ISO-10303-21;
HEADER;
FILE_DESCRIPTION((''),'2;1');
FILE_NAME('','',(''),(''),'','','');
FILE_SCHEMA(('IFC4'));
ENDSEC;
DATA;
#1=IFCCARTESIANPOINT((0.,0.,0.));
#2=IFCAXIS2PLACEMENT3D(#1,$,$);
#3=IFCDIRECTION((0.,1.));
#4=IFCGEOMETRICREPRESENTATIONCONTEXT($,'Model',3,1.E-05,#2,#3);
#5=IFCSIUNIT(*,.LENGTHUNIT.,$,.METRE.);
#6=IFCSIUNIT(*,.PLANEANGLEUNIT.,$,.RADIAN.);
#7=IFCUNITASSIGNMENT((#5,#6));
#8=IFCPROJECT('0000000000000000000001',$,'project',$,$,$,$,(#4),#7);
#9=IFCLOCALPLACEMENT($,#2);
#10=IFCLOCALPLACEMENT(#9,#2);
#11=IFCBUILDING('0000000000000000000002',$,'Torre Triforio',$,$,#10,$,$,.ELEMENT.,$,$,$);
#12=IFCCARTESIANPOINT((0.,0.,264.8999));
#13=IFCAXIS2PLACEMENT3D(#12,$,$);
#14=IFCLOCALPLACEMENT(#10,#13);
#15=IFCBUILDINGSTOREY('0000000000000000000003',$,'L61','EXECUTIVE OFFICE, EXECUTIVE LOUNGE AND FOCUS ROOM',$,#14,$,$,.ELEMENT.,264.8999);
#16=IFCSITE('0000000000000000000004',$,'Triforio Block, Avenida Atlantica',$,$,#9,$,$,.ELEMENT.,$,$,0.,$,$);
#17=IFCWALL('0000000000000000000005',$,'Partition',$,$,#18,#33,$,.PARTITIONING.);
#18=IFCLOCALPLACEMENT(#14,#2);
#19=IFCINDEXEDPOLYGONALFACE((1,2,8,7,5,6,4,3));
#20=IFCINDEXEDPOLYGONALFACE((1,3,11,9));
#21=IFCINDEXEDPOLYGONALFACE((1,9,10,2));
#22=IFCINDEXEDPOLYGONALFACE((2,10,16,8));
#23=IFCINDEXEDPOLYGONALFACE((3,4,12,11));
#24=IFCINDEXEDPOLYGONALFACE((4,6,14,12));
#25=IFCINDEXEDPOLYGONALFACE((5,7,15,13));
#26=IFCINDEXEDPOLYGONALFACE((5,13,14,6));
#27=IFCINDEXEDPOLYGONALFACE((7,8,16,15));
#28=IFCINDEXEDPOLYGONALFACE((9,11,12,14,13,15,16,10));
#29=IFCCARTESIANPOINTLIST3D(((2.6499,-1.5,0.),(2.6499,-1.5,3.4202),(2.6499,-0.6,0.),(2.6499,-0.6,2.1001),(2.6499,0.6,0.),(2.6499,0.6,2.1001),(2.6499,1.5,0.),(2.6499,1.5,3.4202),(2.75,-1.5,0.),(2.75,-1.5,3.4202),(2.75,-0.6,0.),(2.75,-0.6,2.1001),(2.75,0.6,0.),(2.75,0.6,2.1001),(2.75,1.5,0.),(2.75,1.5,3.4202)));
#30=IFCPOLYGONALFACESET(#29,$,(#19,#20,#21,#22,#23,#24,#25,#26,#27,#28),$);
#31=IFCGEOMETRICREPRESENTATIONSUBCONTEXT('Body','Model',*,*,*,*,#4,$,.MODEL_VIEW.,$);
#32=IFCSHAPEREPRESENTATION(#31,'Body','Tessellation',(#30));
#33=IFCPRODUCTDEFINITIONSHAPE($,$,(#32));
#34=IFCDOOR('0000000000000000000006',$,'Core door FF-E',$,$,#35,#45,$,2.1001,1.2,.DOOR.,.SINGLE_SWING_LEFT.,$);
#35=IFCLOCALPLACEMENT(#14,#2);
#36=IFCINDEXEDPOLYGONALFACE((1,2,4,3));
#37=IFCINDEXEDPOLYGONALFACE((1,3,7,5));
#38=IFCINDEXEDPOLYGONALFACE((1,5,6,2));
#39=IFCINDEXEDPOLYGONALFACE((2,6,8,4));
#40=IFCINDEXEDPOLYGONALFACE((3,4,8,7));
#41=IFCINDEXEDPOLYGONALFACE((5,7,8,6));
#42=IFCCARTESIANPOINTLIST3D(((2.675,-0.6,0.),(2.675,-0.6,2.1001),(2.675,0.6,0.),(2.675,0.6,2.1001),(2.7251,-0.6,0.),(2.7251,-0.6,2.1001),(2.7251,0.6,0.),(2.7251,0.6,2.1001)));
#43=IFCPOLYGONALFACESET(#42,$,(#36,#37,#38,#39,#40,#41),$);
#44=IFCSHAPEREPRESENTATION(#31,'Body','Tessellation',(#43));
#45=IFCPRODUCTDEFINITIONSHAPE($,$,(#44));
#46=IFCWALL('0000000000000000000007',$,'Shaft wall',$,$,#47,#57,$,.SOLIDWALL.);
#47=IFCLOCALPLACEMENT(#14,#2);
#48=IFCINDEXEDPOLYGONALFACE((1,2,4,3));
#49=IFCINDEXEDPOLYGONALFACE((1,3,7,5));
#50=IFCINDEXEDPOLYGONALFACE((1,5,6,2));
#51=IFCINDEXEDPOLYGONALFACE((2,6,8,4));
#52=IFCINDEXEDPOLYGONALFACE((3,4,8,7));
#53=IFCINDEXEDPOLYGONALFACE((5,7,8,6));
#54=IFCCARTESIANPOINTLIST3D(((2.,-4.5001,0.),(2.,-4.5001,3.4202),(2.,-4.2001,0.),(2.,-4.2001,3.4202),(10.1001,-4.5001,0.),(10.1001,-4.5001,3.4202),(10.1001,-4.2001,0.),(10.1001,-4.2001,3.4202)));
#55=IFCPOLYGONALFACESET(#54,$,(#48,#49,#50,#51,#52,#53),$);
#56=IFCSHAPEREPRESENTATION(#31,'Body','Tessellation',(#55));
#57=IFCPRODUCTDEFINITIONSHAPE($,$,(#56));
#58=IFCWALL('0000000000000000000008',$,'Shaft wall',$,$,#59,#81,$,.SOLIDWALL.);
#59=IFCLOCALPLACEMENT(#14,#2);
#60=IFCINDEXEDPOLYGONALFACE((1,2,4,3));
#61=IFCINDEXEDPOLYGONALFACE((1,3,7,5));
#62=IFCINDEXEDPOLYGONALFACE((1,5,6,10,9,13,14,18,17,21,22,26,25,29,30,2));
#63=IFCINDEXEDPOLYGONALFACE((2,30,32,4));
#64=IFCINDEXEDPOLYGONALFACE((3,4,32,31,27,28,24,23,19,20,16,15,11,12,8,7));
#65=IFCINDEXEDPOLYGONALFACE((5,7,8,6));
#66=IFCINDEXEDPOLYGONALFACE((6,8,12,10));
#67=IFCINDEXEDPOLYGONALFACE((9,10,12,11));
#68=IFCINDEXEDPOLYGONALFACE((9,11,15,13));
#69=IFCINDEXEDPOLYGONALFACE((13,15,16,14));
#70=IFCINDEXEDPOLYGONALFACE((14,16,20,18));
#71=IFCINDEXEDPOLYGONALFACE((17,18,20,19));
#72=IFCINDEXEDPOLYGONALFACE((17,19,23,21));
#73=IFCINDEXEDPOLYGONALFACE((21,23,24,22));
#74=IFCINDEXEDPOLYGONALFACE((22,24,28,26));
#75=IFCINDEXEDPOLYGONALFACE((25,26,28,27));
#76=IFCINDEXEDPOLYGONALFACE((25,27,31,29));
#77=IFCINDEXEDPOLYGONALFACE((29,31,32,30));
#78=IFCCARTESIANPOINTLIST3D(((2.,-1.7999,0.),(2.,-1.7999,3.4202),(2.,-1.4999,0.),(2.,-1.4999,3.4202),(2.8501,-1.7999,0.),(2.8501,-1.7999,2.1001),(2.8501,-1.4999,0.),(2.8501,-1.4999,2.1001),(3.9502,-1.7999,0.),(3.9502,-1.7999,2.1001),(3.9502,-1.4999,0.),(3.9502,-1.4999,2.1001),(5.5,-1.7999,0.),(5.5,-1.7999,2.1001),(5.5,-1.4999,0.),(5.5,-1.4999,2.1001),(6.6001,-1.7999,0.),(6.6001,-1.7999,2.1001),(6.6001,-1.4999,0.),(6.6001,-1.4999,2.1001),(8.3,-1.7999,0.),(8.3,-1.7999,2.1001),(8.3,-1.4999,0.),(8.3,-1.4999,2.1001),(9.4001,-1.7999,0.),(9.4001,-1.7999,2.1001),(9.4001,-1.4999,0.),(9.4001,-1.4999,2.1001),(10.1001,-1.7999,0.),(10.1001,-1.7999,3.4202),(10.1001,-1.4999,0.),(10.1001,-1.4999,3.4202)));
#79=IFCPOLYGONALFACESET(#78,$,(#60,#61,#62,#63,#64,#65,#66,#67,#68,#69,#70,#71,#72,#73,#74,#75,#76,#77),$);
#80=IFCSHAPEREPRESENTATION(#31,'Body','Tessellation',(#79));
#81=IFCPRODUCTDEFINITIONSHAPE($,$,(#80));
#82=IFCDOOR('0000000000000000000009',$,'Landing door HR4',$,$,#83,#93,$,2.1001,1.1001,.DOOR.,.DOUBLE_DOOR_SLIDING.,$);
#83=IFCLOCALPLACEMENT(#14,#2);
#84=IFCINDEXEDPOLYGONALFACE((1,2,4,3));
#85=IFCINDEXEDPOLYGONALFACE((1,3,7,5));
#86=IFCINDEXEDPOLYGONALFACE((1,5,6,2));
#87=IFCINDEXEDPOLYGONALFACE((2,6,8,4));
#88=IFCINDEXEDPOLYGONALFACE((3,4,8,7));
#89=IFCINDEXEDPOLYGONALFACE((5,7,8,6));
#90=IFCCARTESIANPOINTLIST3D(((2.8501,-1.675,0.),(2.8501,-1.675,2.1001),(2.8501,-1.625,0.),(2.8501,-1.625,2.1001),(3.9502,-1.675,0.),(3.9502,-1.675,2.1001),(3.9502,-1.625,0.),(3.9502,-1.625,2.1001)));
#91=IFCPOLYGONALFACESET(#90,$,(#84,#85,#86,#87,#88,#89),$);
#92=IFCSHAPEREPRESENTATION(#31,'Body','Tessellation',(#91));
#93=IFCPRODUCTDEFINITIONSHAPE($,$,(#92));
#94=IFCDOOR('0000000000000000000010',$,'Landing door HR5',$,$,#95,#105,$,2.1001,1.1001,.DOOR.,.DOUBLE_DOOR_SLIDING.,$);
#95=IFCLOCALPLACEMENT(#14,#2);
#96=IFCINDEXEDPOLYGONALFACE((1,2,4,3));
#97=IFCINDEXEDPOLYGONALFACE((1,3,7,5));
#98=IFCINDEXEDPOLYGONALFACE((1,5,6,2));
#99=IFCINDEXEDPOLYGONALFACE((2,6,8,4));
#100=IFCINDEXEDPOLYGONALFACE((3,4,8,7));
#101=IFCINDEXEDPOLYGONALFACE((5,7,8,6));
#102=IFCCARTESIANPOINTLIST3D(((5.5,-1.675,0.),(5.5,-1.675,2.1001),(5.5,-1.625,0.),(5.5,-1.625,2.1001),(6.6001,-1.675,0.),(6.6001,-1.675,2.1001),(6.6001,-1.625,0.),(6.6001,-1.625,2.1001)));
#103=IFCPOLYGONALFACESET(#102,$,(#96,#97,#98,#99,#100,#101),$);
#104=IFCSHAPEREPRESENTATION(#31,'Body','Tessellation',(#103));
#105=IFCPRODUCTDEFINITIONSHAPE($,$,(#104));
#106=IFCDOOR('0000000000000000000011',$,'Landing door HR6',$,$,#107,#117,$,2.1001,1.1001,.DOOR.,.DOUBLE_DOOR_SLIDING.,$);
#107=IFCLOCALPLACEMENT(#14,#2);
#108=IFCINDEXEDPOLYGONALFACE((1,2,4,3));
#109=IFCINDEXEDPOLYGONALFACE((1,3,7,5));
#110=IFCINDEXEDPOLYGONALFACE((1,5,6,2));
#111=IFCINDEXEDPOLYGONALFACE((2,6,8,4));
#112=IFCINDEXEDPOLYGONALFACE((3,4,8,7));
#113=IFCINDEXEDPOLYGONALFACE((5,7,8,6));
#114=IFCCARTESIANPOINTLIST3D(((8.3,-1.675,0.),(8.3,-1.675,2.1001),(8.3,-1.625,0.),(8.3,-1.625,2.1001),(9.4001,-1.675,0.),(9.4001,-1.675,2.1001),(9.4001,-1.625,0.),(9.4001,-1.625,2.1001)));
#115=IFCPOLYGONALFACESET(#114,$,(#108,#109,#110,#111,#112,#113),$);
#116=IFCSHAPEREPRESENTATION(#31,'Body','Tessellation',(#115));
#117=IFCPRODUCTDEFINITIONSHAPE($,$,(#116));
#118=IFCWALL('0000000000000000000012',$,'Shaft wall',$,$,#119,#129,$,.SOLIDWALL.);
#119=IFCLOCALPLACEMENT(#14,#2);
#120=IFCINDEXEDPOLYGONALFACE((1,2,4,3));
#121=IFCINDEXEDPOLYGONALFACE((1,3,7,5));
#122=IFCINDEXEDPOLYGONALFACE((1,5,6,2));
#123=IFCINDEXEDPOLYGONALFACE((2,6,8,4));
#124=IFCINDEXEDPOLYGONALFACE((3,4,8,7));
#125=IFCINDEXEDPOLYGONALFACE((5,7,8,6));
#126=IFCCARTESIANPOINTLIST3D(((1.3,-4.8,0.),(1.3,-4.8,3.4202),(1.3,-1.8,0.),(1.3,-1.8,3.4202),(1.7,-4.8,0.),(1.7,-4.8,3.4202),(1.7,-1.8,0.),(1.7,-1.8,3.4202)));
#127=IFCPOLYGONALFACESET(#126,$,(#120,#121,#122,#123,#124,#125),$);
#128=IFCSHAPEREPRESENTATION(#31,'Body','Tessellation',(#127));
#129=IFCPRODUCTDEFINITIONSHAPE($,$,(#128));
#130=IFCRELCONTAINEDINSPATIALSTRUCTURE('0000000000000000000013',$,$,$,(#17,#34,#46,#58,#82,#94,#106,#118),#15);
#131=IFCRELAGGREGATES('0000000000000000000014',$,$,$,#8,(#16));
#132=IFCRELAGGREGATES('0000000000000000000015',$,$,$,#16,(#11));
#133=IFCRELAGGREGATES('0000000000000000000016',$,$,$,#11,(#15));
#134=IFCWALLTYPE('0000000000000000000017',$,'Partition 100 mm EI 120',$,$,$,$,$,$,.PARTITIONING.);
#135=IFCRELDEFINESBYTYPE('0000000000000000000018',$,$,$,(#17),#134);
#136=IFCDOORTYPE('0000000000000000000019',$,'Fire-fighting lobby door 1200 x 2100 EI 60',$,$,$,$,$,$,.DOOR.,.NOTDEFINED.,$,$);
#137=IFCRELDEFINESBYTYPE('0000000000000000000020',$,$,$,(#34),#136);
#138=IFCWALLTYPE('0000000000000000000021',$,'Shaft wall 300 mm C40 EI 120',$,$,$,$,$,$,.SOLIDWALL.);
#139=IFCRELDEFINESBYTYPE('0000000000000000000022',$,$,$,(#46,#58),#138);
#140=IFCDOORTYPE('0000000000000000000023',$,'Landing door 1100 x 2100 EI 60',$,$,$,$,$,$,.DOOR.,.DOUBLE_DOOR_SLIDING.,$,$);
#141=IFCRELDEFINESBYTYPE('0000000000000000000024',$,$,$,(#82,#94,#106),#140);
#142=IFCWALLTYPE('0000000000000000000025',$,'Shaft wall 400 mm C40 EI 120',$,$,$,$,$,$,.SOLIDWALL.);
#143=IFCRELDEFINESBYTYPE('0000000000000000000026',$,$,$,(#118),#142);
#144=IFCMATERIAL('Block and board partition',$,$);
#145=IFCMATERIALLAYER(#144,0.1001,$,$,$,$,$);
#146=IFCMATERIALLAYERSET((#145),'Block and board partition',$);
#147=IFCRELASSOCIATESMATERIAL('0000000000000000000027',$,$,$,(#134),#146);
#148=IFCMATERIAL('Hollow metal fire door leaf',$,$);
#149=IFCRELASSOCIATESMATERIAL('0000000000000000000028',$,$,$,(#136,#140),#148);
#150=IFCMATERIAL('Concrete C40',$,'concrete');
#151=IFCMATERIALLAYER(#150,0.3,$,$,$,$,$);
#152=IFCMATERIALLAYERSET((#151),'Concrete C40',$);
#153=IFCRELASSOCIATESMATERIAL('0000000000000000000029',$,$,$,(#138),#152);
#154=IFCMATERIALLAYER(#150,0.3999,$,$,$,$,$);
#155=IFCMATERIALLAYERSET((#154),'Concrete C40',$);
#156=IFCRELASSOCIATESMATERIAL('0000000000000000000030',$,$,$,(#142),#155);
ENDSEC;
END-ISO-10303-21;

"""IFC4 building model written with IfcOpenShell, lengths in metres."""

from ifc_helpers import new_model, si_unit, direction, frame, frame_2d, origin, place, context, subcontext, project, spatial, rectangle, extrude, material, layer, layer_set, type_object, element, fill, save


model = new_model("IFC4")

# Units and contexts
model_context = context("Model", 3, precision=1e-05, world=origin(), true_north=direction((0.0, 1.0)))
body_context = subcontext(model_context, "Body", "Model", "MODEL_VIEW")
ifc_project = project(units=[si_unit("LENGTHUNIT", "METRE"), si_unit("PLANEANGLEUNIT", "RADIAN")], contexts=[model_context])

# Site, building, storey
site_placement = place(None, origin())
site = spatial("IfcSite", under=ifc_project, at=site_placement, Name="Triforio Block, Avenida Atlantica", CompositionType="ELEMENT", RefElevation=0.0)
building_placement = place(site_placement, origin())
building = spatial("IfcBuilding", under=site, at=building_placement, Name="Torre Triforio", CompositionType="ELEMENT")
storey_placement = place(building_placement, frame((0.0, 0.0, 264.8999)))
storey = spatial("IfcBuildingStorey", under=building, at=storey_placement, Name="L61", Description="EXECUTIVE OFFICE, EXECUTIVE LOUNGE AND FOCUS ROOM", CompositionType="ELEMENT", Elevation=264.8999)

# Shared definitions
ifc_material_1 = material(Name="Concrete C40", Category="concrete")

# Wall, opening, door
ifc_material_2 = material(Name="Block and board partition")
ifc_layer_1 = layer(ifc_material_2, 0.1001)
ifc_layer_set_1 = layer_set([ifc_layer_1], Name="Block and board partition")
wall_type_1 = type_object("IfcWallType", Name="Partition 100 mm EI 120", PredefinedType="PARTITIONING", material=ifc_layer_set_1)
wall_1_placement = place(storey_placement, frame((2.7, -1.5, 0.0), z_axis=(0.0, 0.0, 1.0), x_axis=(0.0, 1.0, 0.0)))
wall_1 = element("IfcWall", 1, at=wall_1_placement, inside=storey, type_object=wall_type_1, Name="Partition", PredefinedType="PARTITIONING", context=body_context, shape_type="SweptSolid", body=[
    extrude(rectangle(XDim=3.0, YDim=0.1001, at=frame_2d((1.5, 0.0))), origin(), (0.0, 0.0, 1.0), 3.4202),
])
opening_1_placement = place(wall_1_placement, frame((0.8999, 0.0, 0.0)))
opening_1 = element("IfcOpeningElement", 2, at=opening_1_placement, cuts=wall_1, PredefinedType="OPENING", context=body_context, shape_type="SweptSolid", body=[
    extrude(rectangle(XDim=1.2, YDim=2.1001, at=frame_2d((0.6001, 1.05))), frame((0.0, 0.0601, 0.0), z_axis=(0.0, -1.0, 0.0), x_axis=(1.0, 0.0, 0.0)), (0.0, 0.0, 1.0), 0.1201),
])
ifc_material_3 = material(Name="Hollow metal fire door leaf")
door_type_1 = type_object("IfcDoorType", Name="Fire-fighting lobby door 1200 x 2100 EI 60", OperationType="NOTDEFINED", PredefinedType="DOOR", material=ifc_material_3)
door_1_placement = place(opening_1_placement, origin())
door_1 = element("IfcDoor", 3, at=door_1_placement, inside=storey, type_object=door_type_1, Name="Core door FF-E", OperationType="SINGLE_SWING_LEFT", OverallHeight=2.1001, OverallWidth=1.2, PredefinedType="DOOR", context=body_context, shape_type="SweptSolid", body=[
    extrude(rectangle(XDim=1.2, YDim=2.1001, at=frame_2d((0.6001, 1.05))), frame((0.0, 0.0249, 0.0), z_axis=(0.0, -1.0, 0.0), x_axis=(1.0, 0.0, 0.0)), (0.0, 0.0, 1.0), 0.05),
])
fill(opening_1, door_1)

# Wall
ifc_layer_2 = layer(ifc_material_1, 0.3)
ifc_layer_set_2 = layer_set([ifc_layer_2], Name="Concrete C40")
wall_type_2 = type_object("IfcWallType", Name="Shaft wall 300 mm C40 EI 120", PredefinedType="SOLIDWALL", material=ifc_layer_set_2)
wall_2_placement = place(storey_placement, frame((2.0, -4.3501, 0.0), z_axis=(0.0, 0.0, 1.0), x_axis=(1.0, 0.0, 0.0)))
element("IfcWall", 4, at=wall_2_placement, inside=storey, type_object=wall_type_2, Name="Shaft wall", PredefinedType="SOLIDWALL", context=body_context, shape_type="SweptSolid", body=[
    extrude(rectangle(XDim=8.1001, YDim=0.3, at=frame_2d((4.05, 0.0))), origin(), (0.0, 0.0, 1.0), 3.4202),
])

# Wall, openings, doors
wall_3_placement = place(storey_placement, frame((2.0, -1.6499, 0.0), z_axis=(0.0, 0.0, 1.0), x_axis=(1.0, 0.0, 0.0)))
wall_3 = element("IfcWall", 5, at=wall_3_placement, inside=storey, type_object=wall_type_2, Name="Shaft wall", PredefinedType="SOLIDWALL", context=body_context, shape_type="SweptSolid", body=[
    extrude(rectangle(XDim=8.1001, YDim=0.3, at=frame_2d((4.05, 0.0))), origin(), (0.0, 0.0, 1.0), 3.4202),
])
opening_2_placement = place(wall_3_placement, frame((0.8501, 0.0, 0.0)))
opening_2 = element("IfcOpeningElement", 6, at=opening_2_placement, cuts=wall_3, PredefinedType="OPENING", context=body_context, shape_type="SweptSolid", body=[
    extrude(rectangle(XDim=1.1001, YDim=2.1001, at=frame_2d((0.55, 1.05))), frame((0.0, 0.1599, 0.0), z_axis=(0.0, -1.0, 0.0), x_axis=(1.0, 0.0, 0.0)), (0.0, 0.0, 1.0), 0.3201),
])
opening_3_placement = place(wall_3_placement, frame((3.5, 0.0, 0.0)))
opening_3 = element("IfcOpeningElement", 7, at=opening_3_placement, cuts=wall_3, PredefinedType="OPENING", context=body_context, shape_type="SweptSolid", body=[
    extrude(rectangle(XDim=1.1001, YDim=2.1001, at=frame_2d((0.55, 1.05))), frame((0.0, 0.1599, 0.0), z_axis=(0.0, -1.0, 0.0), x_axis=(1.0, 0.0, 0.0)), (0.0, 0.0, 1.0), 0.3201),
])
opening_4_placement = place(wall_3_placement, frame((6.3, 0.0, 0.0)))
opening_4 = element("IfcOpeningElement", 8, at=opening_4_placement, cuts=wall_3, PredefinedType="OPENING", context=body_context, shape_type="SweptSolid", body=[
    extrude(rectangle(XDim=1.1001, YDim=2.1001, at=frame_2d((0.55, 1.05))), frame((0.0, 0.1599, 0.0), z_axis=(0.0, -1.0, 0.0), x_axis=(1.0, 0.0, 0.0)), (0.0, 0.0, 1.0), 0.3201),
])
door_type_2 = type_object("IfcDoorType", Name="Landing door 1100 x 2100 EI 60", OperationType="DOUBLE_DOOR_SLIDING", PredefinedType="DOOR", material=ifc_material_3)
door_2_placement = place(opening_2_placement, origin())
door_2 = element("IfcDoor", 9, at=door_2_placement, inside=storey, type_object=door_type_2, Name="Landing door HR4", OperationType="DOUBLE_DOOR_SLIDING", OverallHeight=2.1001, OverallWidth=1.1001, PredefinedType="DOOR", context=body_context, shape_type="SweptSolid", body=[
    extrude(rectangle(XDim=1.1001, YDim=2.1001, at=frame_2d((0.55, 1.05))), frame((0.0, 0.0249, 0.0), z_axis=(0.0, -1.0, 0.0), x_axis=(1.0, 0.0, 0.0)), (0.0, 0.0, 1.0), 0.05),
])
fill(opening_2, door_2)
door_3_placement = place(opening_3_placement, origin())
door_3 = element("IfcDoor", 10, at=door_3_placement, inside=storey, type_object=door_type_2, Name="Landing door HR5", OperationType="DOUBLE_DOOR_SLIDING", OverallHeight=2.1001, OverallWidth=1.1001, PredefinedType="DOOR", context=body_context, shape_type="SweptSolid", body=[
    extrude(rectangle(XDim=1.1001, YDim=2.1001, at=frame_2d((0.55, 1.05))), frame((0.0, 0.0249, 0.0), z_axis=(0.0, -1.0, 0.0), x_axis=(1.0, 0.0, 0.0)), (0.0, 0.0, 1.0), 0.05),
])
fill(opening_3, door_3)
door_4_placement = place(opening_4_placement, origin())
door_4 = element("IfcDoor", 11, at=door_4_placement, inside=storey, type_object=door_type_2, Name="Landing door HR6", OperationType="DOUBLE_DOOR_SLIDING", OverallHeight=2.1001, OverallWidth=1.1001, PredefinedType="DOOR", context=body_context, shape_type="SweptSolid", body=[
    extrude(rectangle(XDim=1.1001, YDim=2.1001, at=frame_2d((0.55, 1.05))), frame((0.0, 0.0249, 0.0), z_axis=(0.0, -1.0, 0.0), x_axis=(1.0, 0.0, 0.0)), (0.0, 0.0, 1.0), 0.05),
])
fill(opening_4, door_4)

# Wall
ifc_layer_3 = layer(ifc_material_1, 0.3999)
ifc_layer_set_3 = layer_set([ifc_layer_3], Name="Concrete C40")
wall_type_3 = type_object("IfcWallType", Name="Shaft wall 400 mm C40 EI 120", PredefinedType="SOLIDWALL", material=ifc_layer_set_3)
wall_4_placement = place(storey_placement, frame((1.5, -4.8, 0.0), z_axis=(0.0, 0.0, 1.0), x_axis=(0.0, 1.0, 0.0)))
element("IfcWall", 12, at=wall_4_placement, inside=storey, type_object=wall_type_3, Name="Shaft wall", PredefinedType="SOLIDWALL", context=body_context, shape_type="SweptSolid", body=[
    extrude(rectangle(XDim=3.0, YDim=0.3999, at=frame_2d((1.5, 0.0))), origin(), (0.0, 0.0, 1.0), 3.4202),
])

save(model, "model.ifc")
